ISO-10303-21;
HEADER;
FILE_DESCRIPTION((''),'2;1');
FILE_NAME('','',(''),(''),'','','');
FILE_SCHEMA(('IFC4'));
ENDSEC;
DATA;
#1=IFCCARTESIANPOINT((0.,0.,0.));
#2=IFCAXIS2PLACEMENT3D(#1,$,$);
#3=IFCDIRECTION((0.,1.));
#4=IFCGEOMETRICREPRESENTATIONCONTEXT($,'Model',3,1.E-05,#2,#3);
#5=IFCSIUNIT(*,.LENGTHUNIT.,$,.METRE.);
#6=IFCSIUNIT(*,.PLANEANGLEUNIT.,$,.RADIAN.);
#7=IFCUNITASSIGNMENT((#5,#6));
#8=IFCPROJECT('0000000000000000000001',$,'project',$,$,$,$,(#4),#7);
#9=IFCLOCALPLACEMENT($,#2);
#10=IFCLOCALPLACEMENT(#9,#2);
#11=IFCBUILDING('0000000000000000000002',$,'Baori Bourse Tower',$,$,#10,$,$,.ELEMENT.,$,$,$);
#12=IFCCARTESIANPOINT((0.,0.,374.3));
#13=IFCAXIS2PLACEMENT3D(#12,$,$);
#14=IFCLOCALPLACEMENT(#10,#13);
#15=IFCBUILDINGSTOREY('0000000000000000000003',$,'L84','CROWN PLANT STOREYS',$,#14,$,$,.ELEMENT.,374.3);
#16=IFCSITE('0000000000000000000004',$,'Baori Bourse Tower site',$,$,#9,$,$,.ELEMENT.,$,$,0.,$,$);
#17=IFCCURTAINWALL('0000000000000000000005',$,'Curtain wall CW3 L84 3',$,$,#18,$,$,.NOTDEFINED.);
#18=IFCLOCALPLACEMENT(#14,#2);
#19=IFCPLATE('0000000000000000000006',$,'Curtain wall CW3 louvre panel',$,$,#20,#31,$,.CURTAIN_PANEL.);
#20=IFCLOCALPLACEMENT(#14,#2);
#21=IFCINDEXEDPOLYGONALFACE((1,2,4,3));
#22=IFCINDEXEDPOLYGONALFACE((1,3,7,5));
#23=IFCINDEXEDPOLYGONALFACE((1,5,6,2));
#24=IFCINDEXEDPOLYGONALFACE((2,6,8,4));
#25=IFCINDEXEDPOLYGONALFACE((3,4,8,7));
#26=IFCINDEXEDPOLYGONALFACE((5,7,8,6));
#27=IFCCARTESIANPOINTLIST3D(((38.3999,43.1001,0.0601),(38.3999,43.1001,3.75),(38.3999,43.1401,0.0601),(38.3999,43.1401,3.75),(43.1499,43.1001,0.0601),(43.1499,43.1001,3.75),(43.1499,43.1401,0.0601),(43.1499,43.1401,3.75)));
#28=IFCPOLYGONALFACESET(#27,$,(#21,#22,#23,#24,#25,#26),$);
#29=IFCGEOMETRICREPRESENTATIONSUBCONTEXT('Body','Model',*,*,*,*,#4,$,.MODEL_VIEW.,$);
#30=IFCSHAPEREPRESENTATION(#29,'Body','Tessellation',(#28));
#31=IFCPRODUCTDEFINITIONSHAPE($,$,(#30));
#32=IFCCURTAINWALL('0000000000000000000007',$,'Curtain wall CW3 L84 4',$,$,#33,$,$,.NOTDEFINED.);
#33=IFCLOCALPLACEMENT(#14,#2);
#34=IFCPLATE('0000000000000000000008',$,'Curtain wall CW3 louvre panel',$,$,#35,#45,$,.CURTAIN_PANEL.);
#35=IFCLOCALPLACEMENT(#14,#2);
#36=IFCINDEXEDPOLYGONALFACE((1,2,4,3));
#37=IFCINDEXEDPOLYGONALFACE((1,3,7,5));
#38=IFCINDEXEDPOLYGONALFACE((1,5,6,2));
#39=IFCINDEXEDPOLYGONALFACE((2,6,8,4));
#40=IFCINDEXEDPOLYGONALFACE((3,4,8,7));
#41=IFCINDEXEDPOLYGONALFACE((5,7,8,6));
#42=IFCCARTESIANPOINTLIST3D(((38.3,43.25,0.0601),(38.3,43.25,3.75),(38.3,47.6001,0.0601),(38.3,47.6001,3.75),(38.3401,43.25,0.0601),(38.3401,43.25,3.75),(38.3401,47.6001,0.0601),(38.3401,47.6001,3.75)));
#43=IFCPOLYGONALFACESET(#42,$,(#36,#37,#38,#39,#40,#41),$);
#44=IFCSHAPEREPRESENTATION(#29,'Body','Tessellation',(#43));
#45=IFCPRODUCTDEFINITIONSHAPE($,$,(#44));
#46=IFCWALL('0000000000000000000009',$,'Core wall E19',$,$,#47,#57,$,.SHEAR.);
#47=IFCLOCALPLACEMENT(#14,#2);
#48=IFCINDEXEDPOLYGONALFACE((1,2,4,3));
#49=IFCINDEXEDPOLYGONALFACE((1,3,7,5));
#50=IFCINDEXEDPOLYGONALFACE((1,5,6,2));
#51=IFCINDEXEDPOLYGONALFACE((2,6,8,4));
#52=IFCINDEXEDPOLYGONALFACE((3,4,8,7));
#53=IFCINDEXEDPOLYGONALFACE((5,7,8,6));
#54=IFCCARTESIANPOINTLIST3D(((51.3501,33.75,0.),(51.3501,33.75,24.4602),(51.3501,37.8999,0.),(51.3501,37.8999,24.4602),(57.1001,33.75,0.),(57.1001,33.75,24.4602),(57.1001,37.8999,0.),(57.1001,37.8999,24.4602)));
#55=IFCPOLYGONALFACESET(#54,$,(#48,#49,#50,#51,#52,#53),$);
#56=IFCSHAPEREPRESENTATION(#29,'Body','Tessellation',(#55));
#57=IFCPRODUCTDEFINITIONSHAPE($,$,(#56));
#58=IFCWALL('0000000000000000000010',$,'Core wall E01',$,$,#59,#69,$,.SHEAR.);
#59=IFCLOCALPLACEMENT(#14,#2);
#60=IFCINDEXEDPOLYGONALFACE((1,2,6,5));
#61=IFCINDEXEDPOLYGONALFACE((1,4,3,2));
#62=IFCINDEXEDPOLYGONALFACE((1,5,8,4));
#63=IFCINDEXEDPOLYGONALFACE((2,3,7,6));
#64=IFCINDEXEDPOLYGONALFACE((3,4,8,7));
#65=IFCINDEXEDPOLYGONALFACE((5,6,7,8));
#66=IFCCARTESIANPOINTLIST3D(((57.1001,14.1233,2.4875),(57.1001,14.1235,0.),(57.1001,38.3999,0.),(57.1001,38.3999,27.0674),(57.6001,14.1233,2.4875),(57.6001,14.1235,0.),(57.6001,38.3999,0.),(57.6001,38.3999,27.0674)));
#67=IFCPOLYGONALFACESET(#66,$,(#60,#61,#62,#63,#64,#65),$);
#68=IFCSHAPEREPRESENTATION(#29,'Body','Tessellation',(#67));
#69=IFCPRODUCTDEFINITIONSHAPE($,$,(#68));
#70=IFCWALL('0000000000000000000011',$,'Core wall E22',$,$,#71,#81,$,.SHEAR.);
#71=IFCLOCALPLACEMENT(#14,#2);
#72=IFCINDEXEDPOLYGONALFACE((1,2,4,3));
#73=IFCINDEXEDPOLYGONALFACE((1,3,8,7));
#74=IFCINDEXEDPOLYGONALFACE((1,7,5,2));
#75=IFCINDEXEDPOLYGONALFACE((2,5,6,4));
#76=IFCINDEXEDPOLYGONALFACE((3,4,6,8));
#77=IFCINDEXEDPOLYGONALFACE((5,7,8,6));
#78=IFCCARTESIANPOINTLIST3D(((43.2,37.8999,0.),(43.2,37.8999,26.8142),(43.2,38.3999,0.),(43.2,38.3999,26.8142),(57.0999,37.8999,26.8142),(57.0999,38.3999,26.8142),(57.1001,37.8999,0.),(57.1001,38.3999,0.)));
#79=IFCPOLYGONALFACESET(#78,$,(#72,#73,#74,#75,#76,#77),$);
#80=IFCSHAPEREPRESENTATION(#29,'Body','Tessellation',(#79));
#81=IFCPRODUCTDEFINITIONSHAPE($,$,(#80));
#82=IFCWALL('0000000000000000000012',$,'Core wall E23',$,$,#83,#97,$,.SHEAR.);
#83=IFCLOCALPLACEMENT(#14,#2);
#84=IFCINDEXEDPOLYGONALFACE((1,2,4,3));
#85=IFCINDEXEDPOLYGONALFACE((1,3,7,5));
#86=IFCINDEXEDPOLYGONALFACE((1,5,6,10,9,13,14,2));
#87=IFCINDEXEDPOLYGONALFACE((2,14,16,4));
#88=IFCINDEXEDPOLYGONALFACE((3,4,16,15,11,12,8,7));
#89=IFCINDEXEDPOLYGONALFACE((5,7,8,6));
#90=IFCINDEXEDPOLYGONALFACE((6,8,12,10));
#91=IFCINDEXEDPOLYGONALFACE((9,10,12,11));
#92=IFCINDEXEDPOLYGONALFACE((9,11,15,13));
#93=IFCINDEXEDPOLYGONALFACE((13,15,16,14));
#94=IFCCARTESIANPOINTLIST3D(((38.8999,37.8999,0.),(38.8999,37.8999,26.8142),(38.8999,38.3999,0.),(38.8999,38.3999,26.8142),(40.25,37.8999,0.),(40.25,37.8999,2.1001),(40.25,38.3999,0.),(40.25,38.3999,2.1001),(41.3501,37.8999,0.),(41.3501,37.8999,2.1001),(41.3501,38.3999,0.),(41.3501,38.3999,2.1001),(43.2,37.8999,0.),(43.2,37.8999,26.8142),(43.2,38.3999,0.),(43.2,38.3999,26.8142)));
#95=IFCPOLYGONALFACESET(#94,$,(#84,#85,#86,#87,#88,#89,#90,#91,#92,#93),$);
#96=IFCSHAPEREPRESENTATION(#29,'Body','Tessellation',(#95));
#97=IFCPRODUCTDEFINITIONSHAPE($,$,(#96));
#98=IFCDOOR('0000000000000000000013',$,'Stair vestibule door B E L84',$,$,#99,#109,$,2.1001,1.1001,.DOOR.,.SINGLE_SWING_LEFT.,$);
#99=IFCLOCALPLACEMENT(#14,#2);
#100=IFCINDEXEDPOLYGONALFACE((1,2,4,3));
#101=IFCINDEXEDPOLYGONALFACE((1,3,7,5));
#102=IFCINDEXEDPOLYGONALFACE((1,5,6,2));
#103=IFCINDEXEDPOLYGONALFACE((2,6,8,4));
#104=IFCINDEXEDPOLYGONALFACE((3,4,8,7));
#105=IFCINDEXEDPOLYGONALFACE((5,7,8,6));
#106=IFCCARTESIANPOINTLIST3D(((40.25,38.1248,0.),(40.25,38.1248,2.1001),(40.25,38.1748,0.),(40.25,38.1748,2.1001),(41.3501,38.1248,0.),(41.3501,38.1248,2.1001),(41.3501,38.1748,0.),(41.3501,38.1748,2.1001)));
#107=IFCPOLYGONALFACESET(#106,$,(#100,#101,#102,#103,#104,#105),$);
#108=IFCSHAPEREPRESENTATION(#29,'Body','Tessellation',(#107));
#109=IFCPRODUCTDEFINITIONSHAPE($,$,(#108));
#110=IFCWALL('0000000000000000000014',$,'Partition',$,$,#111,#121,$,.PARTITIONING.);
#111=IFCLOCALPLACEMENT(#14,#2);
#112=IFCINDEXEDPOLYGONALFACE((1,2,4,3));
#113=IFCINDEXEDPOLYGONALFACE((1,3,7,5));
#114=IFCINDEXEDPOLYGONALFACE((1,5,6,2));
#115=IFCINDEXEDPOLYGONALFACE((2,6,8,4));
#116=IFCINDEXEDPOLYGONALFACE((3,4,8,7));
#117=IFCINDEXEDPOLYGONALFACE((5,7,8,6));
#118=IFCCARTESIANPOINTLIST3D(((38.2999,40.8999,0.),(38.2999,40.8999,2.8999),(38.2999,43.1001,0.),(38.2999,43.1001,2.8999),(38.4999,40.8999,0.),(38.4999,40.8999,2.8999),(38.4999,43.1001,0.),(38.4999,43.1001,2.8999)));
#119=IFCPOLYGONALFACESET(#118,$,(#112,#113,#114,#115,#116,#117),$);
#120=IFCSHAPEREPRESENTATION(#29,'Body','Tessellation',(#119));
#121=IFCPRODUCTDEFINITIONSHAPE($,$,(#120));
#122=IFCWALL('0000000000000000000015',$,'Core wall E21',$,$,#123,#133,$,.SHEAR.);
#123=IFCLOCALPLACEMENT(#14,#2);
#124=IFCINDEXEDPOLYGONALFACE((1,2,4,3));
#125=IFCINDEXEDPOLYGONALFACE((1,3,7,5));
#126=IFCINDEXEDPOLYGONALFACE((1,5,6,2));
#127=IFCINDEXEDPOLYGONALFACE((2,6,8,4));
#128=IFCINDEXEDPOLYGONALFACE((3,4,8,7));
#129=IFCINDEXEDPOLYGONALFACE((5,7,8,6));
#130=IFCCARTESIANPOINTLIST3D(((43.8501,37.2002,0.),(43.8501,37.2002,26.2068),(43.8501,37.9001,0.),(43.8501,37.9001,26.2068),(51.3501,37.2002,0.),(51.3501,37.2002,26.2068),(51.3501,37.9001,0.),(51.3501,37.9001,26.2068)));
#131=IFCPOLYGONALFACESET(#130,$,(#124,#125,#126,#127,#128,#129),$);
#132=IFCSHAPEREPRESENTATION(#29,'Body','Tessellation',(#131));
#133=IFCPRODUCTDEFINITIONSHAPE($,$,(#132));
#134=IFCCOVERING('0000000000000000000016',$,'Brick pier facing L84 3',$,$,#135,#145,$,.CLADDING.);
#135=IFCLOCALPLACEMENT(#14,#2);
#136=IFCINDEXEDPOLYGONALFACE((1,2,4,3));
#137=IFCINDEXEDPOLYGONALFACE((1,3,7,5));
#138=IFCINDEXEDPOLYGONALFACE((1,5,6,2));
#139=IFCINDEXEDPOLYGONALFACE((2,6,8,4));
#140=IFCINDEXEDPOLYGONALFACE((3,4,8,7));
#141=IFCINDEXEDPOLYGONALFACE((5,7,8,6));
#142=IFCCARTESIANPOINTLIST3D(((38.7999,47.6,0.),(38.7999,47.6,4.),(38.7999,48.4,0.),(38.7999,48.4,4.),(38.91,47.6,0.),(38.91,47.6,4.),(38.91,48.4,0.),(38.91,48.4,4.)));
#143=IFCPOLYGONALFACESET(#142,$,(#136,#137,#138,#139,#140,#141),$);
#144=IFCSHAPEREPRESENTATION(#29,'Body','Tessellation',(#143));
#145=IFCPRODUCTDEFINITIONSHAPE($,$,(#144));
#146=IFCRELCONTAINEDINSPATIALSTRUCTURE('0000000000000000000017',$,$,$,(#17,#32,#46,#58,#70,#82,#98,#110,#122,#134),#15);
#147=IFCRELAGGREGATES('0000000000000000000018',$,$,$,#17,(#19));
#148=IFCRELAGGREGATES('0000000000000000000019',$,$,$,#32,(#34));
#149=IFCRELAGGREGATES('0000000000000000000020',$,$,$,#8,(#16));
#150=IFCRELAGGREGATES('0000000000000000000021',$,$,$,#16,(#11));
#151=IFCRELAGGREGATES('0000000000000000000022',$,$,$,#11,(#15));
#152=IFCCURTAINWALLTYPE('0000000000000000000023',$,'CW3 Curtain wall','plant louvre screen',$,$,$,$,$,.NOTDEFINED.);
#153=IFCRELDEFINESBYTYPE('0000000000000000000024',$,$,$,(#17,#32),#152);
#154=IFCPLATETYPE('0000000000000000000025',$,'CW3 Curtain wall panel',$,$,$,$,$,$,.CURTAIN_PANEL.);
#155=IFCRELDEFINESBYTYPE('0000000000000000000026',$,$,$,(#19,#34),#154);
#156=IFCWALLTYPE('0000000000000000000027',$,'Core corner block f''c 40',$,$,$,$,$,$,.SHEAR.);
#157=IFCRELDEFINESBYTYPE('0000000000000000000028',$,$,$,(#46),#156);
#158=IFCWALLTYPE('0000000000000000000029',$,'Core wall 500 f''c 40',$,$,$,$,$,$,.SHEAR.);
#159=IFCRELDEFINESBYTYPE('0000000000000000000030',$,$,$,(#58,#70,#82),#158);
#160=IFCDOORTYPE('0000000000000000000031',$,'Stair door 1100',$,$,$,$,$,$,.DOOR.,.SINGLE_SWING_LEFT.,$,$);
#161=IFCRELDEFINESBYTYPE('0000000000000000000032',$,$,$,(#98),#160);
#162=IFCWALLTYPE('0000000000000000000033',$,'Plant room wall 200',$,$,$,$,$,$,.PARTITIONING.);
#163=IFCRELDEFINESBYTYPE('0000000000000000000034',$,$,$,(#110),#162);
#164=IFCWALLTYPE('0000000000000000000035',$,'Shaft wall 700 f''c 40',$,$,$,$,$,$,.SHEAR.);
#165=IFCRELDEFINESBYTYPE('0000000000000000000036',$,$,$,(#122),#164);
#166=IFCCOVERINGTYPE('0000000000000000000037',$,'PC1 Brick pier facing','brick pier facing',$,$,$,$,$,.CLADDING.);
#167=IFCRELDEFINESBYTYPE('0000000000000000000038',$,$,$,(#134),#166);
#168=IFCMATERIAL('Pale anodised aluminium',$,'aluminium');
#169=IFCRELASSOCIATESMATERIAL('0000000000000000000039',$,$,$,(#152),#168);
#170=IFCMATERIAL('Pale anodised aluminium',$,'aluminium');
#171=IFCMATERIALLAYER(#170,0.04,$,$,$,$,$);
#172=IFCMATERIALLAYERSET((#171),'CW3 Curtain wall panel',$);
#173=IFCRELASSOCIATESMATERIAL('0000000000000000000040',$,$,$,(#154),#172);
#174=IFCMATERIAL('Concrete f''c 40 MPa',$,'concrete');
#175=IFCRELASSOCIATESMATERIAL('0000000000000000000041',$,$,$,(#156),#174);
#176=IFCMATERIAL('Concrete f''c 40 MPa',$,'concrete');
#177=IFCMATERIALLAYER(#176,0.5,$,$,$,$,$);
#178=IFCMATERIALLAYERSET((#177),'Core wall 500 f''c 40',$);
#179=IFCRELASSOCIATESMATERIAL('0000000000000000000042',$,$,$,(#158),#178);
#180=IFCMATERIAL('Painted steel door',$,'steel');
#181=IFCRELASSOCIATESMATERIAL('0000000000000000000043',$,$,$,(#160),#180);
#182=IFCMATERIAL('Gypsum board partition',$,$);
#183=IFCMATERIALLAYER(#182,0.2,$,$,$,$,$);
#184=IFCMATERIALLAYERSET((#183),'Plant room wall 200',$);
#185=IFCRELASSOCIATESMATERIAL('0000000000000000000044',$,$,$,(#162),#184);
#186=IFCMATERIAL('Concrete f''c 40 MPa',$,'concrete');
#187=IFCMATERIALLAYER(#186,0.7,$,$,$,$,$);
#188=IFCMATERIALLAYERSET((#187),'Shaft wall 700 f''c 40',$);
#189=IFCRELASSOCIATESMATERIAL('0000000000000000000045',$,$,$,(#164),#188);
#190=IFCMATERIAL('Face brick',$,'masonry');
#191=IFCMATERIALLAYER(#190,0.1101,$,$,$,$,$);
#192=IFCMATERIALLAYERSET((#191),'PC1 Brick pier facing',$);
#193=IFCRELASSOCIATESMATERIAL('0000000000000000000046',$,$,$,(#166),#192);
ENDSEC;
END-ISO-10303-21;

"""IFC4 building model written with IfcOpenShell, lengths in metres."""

from ifc_helpers import new_model, si_unit, direction, frame, frame_2d, origin, origin_2d, place, context, subcontext, project, spatial, polyline, rectangle, outline, extrude, material, layer, layer_set, type_object, element, fill, aggregate, save


model = new_model("IFC4")

# Units and contexts
model_context = context("Model", 3, precision=1e-05, world=origin(), true_north=direction((0.0, 1.0)))
body_context = subcontext(model_context, "Body", "Model", "MODEL_VIEW")
ifc_project = project(units=[si_unit("LENGTHUNIT", "METRE"), si_unit("PLANEANGLEUNIT", "RADIAN")], contexts=[model_context])

# Site, building, storey
site_placement = place(None, origin())
site = spatial("IfcSite", under=ifc_project, at=site_placement, Name="Baori Bourse Tower site", CompositionType="ELEMENT", RefElevation=0.0)
building_placement = place(site_placement, origin())
building = spatial("IfcBuilding", under=site, at=building_placement, Name="Baori Bourse Tower", CompositionType="ELEMENT")
storey_placement = place(building_placement, frame((0.0, 0.0, 374.3)))
storey = spatial("IfcBuildingStorey", under=building, at=storey_placement, Name="L84", Description="CROWN PLANT STOREYS", CompositionType="ELEMENT", Elevation=374.3)

# Curtain wall
ifc_material_1 = material(Name="Pale anodised aluminium", Category="aluminium")
curtain_wall_type = type_object("IfcCurtainWallType", Name="CW3 Curtain wall", Description="plant louvre screen", PredefinedType="NOTDEFINED", material=ifc_material_1)
curtain_wall_1_placement = place(storey_placement, origin())
curtain_wall_1 = element("IfcCurtainWall", 1, at=curtain_wall_1_placement, inside=storey, type_object=curtain_wall_type, Name="Curtain wall CW3 L84 3", PredefinedType="NOTDEFINED")

# Plate
ifc_material_2 = material(Name="Pale anodised aluminium", Category="aluminium")
ifc_layer_1 = layer(ifc_material_2, 0.04)
ifc_layer_set_1 = layer_set([ifc_layer_1], Name="CW3 Curtain wall panel")
plate_type = type_object("IfcPlateType", Name="CW3 Curtain wall panel", PredefinedType="CURTAIN_PANEL", material=ifc_layer_set_1)
plate_1_placement = place(storey_placement, frame((40.7749, 43.1201, 0.0601), z_axis=(0.0, 0.0, 1.0), x_axis=(-1.0, 0.0, 0.0)))
plate_1 = element("IfcPlate", 2, at=plate_1_placement, type_object=plate_type, Name="Curtain wall CW3 louvre panel", PredefinedType="CURTAIN_PANEL", context=body_context, shape_type="SweptSolid", body=[
    extrude(rectangle(XDim=4.75, YDim=0.04, at=origin_2d()), origin(), (0.0, 0.0, 1.0), 3.6899),
])
aggregate(curtain_wall_1, [plate_1])

# Curtain wall, plate
curtain_wall_2_placement = place(storey_placement, origin())
curtain_wall_2 = element("IfcCurtainWall", 3, at=curtain_wall_2_placement, inside=storey, type_object=curtain_wall_type, Name="Curtain wall CW3 L84 4", PredefinedType="NOTDEFINED")
plate_2_placement = place(storey_placement, frame((38.3201, 45.425, 0.0601), z_axis=(0.0, 0.0, 1.0), x_axis=(0.0, 1.0, 0.0)))
plate_2 = element("IfcPlate", 4, at=plate_2_placement, type_object=plate_type, Name="Curtain wall CW3 louvre panel", PredefinedType="CURTAIN_PANEL", context=body_context, shape_type="SweptSolid", body=[
    extrude(rectangle(XDim=4.3501, YDim=0.04, at=origin_2d()), origin(), (0.0, 0.0, 1.0), 3.6899),
])
aggregate(curtain_wall_2, [plate_2])

# Walls
ifc_material_3 = material(Name="Concrete f'c 40 MPa", Category="concrete")
wall_type_1 = type_object("IfcWallType", Name="Core corner block f'c 40", PredefinedType="SHEAR", material=ifc_material_3)
wall_1_placement = place(storey_placement, frame((51.3501, 35.825, 0.0), z_axis=(0.0, 0.0, 1.0), x_axis=(1.0, 0.0, 0.0)))
element("IfcWall", 5, at=wall_1_placement, inside=storey, type_object=wall_type_1, Name="Core wall E19", PredefinedType="SHEAR", context=body_context, shape_type="SweptSolid", body=[
    extrude(outline(polyline([(0.0, 0.0), (5.75, 0.0), (5.75, 24.4602), (0.0, 24.4602), (0.0, 0.0)])), frame((0.0, 2.075, 0.0), z_axis=(0.0, -1.0, 0.0), x_axis=(1.0, 0.0, 0.0)), (0.0, 0.0, 1.0), 4.1499),
])
ifc_material_4 = material(Name="Concrete f'c 40 MPa", Category="concrete")
ifc_layer_2 = layer(ifc_material_4, 0.5)
ifc_layer_set_2 = layer_set([ifc_layer_2], Name="Core wall 500 f'c 40")
wall_type_2 = type_object("IfcWallType", Name="Core wall 500 f'c 40", PredefinedType="SHEAR", material=ifc_layer_set_2)
wall_2_placement = place(storey_placement, frame((57.3501, 38.3999, 0.0), z_axis=(0.0, 0.0, 1.0), x_axis=(0.0, -1.0, 0.0)))
element("IfcWall", 6, at=wall_2_placement, inside=storey, type_object=wall_type_2, Name="Core wall E01", PredefinedType="SHEAR", context=body_context, shape_type="SweptSolid", body=[
    extrude(outline(polyline([(0.0, 0.0), (24.2764, 0.0), (24.2766, 2.4875), (0.0, 27.0674), (0.0, 0.0)])), frame((0.0, 0.25, 0.0), z_axis=(0.0, -1.0, 0.0), x_axis=(1.0, 0.0, 0.0)), (0.0, 0.0, 1.0), 0.5),
])
wall_3_placement = place(storey_placement, frame((43.2, 38.1499, 0.0), z_axis=(0.0, 0.0, 1.0), x_axis=(1.0, 0.0, 0.0)))
element("IfcWall", 7, at=wall_3_placement, inside=storey, type_object=wall_type_2, Name="Core wall E22", PredefinedType="SHEAR", context=body_context, shape_type="SweptSolid", body=[
    extrude(outline(polyline([(0.0, 0.0), (13.9001, 0.0), (13.8999, 26.8142), (0.0, 26.8142), (0.0, 0.0)])), frame((0.0, 0.25, 0.0), z_axis=(0.0, -1.0, 0.0), x_axis=(1.0, 0.0, 0.0)), (0.0, 0.0, 1.0), 0.5),
])

# Wall, opening, door
wall_4_placement = place(storey_placement, frame((38.8999, 38.1499, 0.0), z_axis=(0.0, 0.0, 1.0), x_axis=(1.0, 0.0, 0.0)))
wall_4 = element("IfcWall", 8, at=wall_4_placement, inside=storey, type_object=wall_type_2, Name="Core wall E23", PredefinedType="SHEAR", context=body_context, shape_type="SweptSolid", body=[
    extrude(outline(polyline([(0.0, 0.0), (4.3, 0.0), (4.3, 26.8142), (0.0, 26.8142), (0.0, 0.0)])), frame((0.0, 0.25, 0.0), z_axis=(0.0, -1.0, 0.0), x_axis=(1.0, 0.0, 0.0)), (0.0, 0.0, 1.0), 0.5),
])
opening_placement = place(wall_4_placement, frame((1.3501, 0.0, 0.0)))
opening = element("IfcOpeningElement", 9, at=opening_placement, cuts=wall_4, PredefinedType="OPENING", context=body_context, shape_type="SweptSolid", body=[
    extrude(rectangle(XDim=1.1001, YDim=2.1001, at=frame_2d((0.55, 1.05))), frame((0.0, 0.26, 0.0), z_axis=(0.0, -1.0, 0.0), x_axis=(1.0, 0.0, 0.0)), (0.0, 0.0, 1.0), 0.52),
])
ifc_material_5 = material(Name="Painted steel door", Category="steel")
door_type = type_object("IfcDoorType", Name="Stair door 1100", OperationType="SINGLE_SWING_LEFT", PredefinedType="DOOR", material=ifc_material_5)
door_placement = place(opening_placement, origin())
door = element("IfcDoor", 10, at=door_placement, inside=storey, type_object=door_type, Name="Stair vestibule door B E L84", OperationType="SINGLE_SWING_LEFT", OverallHeight=2.1001, OverallWidth=1.1001, PredefinedType="DOOR", context=body_context, shape_type="SweptSolid", body=[
    extrude(rectangle(XDim=1.1001, YDim=2.1001, at=frame_2d((0.55, 1.05))), frame((0.0, 0.0249, 0.0), z_axis=(0.0, -1.0, 0.0), x_axis=(1.0, 0.0, 0.0)), (0.0, 0.0, 1.0), 0.05),
])
fill(opening, door)

# Walls
ifc_material_6 = material(Name="Gypsum board partition")
ifc_layer_3 = layer(ifc_material_6, 0.2)
ifc_layer_set_3 = layer_set([ifc_layer_3], Name="Plant room wall 200")
wall_type_3 = type_object("IfcWallType", Name="Plant room wall 200", PredefinedType="PARTITIONING", material=ifc_layer_set_3)
wall_5_placement = place(storey_placement, frame((38.3999, 40.8999, 0.0), z_axis=(0.0, 0.0, 1.0), x_axis=(0.0, 1.0, 0.0)))
element("IfcWall", 11, at=wall_5_placement, inside=storey, type_object=wall_type_3, Name="Partition", PredefinedType="PARTITIONING", context=body_context, shape_type="SweptSolid", body=[
    extrude(rectangle(XDim=2.2002, YDim=0.2, at=frame_2d((1.1001, 0.0))), origin(), (0.0, 0.0, 1.0), 2.8999),
])
ifc_material_7 = material(Name="Concrete f'c 40 MPa", Category="concrete")
ifc_layer_4 = layer(ifc_material_7, 0.7)
ifc_layer_set_4 = layer_set([ifc_layer_4], Name="Shaft wall 700 f'c 40")
wall_type_4 = type_object("IfcWallType", Name="Shaft wall 700 f'c 40", PredefinedType="SHEAR", material=ifc_layer_set_4)
wall_6_placement = place(storey_placement, frame((43.8501, 37.55, 0.0), z_axis=(0.0, 0.0, 1.0), x_axis=(1.0, 0.0, 0.0)))
element("IfcWall", 12, at=wall_6_placement, inside=storey, type_object=wall_type_4, Name="Core wall E21", PredefinedType="SHEAR", context=body_context, shape_type="SweptSolid", body=[
    extrude(outline(polyline([(0.0, 0.0), (7.5, 0.0), (7.5, 26.2068), (0.0, 26.2068), (0.0, 0.0)])), frame((0.0, 0.3501, 0.0), z_axis=(0.0, -1.0, 0.0), x_axis=(1.0, 0.0, 0.0)), (0.0, 0.0, 1.0), 0.7),
])

# Covering
ifc_material_8 = material(Name="Face brick", Category="masonry")
ifc_layer_5 = layer(ifc_material_8, 0.1101)
ifc_layer_set_5 = layer_set([ifc_layer_5], Name="PC1 Brick pier facing")
covering_type = type_object("IfcCoveringType", Name="PC1 Brick pier facing", Description="brick pier facing", PredefinedType="CLADDING", material=ifc_layer_set_5)
covering_placement = place(storey_placement, frame((38.855, 48.0, 0.0), z_axis=(0.0, 0.0, 1.0), x_axis=(1.0, 0.0, 0.0)))
element("IfcCovering", 13, at=covering_placement, inside=storey, type_object=covering_type, Name="Brick pier facing L84 3", PredefinedType="CLADDING", context=body_context, shape_type="SweptSolid", body=[
    extrude(rectangle(XDim=0.1101, YDim=0.8, at=origin_2d()), origin(), (0.0, 0.0, 1.0), 4.0),
])

save(model, "model.ifc")
